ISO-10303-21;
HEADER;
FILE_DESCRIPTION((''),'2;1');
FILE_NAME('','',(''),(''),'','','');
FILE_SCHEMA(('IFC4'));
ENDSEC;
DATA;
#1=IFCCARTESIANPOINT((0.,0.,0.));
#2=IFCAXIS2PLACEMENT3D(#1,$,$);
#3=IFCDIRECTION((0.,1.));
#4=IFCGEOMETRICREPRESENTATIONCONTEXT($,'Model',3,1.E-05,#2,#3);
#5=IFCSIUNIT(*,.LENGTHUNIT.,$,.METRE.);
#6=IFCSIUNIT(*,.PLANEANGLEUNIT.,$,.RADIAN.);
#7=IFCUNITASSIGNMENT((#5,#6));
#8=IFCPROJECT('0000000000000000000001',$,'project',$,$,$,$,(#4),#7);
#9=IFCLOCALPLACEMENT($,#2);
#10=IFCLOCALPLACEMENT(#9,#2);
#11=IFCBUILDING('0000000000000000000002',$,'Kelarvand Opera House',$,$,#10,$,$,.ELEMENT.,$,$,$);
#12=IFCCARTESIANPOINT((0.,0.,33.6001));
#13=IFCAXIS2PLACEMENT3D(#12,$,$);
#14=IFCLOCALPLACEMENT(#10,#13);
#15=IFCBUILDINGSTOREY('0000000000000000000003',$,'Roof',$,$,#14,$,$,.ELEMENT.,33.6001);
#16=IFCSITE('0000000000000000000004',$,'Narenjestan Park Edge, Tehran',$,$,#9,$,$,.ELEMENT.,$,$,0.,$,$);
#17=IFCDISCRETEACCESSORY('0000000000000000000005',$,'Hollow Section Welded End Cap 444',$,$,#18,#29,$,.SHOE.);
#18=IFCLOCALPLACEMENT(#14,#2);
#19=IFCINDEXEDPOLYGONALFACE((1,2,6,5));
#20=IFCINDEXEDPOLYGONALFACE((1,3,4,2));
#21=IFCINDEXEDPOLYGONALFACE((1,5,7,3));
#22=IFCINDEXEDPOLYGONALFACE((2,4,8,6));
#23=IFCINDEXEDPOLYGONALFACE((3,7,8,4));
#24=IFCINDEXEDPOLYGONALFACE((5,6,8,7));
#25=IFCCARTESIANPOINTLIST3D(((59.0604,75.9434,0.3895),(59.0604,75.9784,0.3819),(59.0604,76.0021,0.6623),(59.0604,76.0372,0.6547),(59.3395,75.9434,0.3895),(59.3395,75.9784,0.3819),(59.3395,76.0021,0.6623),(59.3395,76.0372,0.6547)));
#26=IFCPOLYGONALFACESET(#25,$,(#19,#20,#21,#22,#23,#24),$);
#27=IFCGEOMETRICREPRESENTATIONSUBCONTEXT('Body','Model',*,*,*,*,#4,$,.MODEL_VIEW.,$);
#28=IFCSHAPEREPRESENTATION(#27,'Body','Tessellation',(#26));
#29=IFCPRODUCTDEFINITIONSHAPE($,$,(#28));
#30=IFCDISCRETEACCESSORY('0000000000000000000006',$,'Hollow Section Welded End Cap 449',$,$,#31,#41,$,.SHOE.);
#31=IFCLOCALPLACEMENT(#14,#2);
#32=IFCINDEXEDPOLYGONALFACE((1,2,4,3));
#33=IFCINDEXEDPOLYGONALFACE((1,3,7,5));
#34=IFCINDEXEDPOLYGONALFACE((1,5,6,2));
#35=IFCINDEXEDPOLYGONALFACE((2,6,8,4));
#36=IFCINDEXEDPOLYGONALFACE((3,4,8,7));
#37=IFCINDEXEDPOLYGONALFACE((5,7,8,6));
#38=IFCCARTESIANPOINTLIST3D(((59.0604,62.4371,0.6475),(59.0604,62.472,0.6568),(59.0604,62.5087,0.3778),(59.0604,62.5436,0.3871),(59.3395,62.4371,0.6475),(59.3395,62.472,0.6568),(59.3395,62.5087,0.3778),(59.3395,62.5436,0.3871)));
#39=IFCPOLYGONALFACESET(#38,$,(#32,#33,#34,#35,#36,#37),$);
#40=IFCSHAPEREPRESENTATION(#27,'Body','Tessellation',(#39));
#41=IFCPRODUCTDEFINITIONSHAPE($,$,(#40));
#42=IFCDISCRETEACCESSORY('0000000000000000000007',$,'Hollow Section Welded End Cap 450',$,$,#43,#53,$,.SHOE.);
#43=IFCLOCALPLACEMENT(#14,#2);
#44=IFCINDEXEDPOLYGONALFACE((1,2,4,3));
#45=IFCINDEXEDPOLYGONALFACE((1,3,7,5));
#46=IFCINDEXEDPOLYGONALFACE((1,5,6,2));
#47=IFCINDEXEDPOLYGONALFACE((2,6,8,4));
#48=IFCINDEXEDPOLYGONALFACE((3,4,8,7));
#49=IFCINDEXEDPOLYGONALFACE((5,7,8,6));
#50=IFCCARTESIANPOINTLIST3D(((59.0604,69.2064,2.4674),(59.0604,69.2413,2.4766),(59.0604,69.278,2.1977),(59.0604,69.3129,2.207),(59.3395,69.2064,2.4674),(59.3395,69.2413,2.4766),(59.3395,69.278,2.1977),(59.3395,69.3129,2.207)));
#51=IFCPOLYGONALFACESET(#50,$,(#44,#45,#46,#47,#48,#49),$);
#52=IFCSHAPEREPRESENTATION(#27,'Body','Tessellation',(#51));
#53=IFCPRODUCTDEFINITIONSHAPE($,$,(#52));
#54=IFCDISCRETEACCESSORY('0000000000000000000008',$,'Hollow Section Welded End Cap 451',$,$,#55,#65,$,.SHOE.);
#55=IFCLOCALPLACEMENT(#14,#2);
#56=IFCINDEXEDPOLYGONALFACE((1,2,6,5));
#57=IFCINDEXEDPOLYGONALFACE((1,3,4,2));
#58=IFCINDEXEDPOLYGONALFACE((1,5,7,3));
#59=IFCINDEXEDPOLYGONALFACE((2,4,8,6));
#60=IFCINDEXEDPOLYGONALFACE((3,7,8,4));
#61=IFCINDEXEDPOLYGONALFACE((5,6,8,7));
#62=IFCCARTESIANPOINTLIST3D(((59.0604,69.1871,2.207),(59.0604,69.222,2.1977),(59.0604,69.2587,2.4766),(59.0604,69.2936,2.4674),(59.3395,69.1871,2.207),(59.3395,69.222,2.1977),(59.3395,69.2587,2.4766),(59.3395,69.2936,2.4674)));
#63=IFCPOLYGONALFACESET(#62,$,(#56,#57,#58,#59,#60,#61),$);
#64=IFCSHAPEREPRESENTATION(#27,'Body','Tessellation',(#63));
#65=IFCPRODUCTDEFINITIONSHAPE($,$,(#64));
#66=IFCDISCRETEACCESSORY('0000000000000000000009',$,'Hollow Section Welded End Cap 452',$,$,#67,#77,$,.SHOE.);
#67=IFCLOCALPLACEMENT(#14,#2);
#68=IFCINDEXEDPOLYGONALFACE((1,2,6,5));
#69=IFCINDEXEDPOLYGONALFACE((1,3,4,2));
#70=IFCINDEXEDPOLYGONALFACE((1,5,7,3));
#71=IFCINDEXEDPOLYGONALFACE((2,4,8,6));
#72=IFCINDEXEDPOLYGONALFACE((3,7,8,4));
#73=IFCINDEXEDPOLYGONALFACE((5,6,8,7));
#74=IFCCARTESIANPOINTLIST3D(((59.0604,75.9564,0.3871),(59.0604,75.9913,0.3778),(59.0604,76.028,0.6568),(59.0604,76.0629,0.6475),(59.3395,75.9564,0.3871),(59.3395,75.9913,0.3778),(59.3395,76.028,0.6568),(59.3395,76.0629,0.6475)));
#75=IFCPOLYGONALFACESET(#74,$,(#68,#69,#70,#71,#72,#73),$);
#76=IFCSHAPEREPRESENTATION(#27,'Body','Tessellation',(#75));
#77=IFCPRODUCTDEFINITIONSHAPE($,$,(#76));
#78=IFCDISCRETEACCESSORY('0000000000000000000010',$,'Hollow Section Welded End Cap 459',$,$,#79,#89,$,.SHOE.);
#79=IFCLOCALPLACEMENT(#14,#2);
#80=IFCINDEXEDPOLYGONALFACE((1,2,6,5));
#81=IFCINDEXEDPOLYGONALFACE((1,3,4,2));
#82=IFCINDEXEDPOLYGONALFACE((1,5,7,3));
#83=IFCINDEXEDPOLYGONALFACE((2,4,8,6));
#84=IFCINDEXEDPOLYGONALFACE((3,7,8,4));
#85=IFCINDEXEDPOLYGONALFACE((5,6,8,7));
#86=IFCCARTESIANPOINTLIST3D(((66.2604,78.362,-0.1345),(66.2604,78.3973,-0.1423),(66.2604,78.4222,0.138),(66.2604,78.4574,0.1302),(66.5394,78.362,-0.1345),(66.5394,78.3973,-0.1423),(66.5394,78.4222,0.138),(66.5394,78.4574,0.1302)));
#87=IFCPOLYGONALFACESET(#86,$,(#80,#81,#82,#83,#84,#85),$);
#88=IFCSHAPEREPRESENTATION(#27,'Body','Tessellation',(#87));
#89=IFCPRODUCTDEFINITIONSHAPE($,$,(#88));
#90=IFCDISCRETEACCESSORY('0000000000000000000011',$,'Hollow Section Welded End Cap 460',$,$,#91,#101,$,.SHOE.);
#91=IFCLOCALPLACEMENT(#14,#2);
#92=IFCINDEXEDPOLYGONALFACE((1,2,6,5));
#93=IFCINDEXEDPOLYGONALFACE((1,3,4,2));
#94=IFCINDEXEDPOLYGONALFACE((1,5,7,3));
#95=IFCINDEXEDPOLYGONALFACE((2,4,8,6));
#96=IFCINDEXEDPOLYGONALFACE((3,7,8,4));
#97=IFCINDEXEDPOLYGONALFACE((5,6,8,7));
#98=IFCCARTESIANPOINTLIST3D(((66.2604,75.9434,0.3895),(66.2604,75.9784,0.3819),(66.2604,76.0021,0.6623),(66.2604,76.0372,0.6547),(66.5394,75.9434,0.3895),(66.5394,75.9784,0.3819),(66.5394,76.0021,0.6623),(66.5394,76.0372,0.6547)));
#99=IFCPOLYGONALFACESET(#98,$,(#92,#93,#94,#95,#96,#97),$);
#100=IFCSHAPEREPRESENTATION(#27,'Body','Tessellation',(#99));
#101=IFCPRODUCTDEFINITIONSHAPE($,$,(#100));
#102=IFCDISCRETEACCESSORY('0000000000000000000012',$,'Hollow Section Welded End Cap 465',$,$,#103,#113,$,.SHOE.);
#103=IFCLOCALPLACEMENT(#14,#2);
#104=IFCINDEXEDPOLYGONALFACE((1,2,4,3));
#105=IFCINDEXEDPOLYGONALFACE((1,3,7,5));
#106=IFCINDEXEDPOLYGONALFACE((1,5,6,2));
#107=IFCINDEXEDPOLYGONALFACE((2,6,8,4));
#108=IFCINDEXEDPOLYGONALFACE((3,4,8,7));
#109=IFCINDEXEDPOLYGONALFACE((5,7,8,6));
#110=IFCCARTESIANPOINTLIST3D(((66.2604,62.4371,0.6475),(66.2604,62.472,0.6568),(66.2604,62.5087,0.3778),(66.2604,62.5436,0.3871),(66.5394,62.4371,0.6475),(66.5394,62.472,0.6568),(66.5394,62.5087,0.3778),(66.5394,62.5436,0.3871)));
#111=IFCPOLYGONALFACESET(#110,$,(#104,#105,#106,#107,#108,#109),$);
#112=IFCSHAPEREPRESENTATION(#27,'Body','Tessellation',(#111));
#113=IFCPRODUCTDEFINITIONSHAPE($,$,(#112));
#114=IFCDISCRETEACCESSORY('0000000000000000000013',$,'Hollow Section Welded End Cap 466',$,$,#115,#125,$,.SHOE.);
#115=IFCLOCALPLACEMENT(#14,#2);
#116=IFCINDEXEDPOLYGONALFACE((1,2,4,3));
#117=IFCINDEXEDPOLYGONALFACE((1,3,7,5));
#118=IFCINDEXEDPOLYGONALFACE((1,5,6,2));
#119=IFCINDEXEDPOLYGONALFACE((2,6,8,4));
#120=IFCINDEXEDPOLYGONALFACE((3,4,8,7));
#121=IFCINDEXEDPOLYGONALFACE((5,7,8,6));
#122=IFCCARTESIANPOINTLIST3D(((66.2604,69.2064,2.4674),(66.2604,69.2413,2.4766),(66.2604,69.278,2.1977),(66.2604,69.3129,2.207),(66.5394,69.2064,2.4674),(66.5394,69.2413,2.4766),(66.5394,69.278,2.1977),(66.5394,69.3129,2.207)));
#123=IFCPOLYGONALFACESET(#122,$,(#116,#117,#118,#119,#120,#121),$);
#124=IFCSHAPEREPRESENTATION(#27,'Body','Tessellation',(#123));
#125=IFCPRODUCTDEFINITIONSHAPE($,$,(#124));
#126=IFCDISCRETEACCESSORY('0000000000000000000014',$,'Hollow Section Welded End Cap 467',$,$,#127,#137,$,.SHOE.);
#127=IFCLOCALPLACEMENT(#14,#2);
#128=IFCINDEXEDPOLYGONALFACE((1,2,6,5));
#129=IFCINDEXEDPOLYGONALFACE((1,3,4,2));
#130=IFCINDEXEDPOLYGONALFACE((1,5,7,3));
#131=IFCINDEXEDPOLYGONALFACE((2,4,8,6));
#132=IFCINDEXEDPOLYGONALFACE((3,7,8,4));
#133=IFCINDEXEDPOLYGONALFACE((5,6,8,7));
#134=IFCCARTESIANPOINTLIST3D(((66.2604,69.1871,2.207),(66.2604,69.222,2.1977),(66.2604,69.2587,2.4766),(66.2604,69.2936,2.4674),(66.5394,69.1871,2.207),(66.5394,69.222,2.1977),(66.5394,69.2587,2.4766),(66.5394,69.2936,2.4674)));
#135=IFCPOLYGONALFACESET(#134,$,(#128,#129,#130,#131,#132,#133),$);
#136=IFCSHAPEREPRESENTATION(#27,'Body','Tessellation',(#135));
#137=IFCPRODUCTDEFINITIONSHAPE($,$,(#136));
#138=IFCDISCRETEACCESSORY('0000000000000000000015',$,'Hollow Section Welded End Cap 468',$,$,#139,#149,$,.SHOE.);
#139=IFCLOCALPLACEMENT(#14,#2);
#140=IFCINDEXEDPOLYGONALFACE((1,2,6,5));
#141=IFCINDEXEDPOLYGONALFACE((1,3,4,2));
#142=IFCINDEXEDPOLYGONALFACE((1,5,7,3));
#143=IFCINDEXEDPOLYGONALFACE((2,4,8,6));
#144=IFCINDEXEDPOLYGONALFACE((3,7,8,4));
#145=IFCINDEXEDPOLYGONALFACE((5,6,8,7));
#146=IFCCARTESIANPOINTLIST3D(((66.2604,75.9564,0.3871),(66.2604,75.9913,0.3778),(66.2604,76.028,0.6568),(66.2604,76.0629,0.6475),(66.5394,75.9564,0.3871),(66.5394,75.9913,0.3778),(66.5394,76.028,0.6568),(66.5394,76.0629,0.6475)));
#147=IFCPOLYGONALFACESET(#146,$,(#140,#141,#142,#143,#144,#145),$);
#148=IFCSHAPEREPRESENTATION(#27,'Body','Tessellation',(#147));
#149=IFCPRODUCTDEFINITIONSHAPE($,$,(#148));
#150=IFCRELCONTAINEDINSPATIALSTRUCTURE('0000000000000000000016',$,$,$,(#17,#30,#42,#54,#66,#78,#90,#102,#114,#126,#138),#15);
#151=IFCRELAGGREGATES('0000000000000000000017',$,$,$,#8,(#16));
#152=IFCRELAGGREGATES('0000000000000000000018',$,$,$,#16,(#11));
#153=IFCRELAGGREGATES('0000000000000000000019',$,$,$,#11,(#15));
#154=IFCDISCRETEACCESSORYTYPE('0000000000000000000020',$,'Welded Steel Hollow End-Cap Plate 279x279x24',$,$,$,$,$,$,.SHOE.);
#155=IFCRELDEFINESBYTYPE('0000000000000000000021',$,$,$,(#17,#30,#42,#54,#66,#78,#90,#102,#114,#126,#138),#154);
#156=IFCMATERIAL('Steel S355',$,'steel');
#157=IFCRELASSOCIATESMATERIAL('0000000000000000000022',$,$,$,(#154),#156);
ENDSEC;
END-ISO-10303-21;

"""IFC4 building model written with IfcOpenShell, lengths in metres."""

from ifc_helpers import new_model, si_unit, direction, frame, origin, origin_2d, place, context, subcontext, project, spatial, rectangle, extrude, material, material_profile, profile_set, type_object, element, save


model = new_model("IFC4")

# Units and contexts
model_context = context("Model", 3, precision=1e-05, world=origin(), true_north=direction((0.0, 1.0)))
body_context = subcontext(model_context, "Body", "Model", "MODEL_VIEW")
ifc_project = project(units=[si_unit("LENGTHUNIT", "METRE"), si_unit("PLANEANGLEUNIT", "RADIAN")], contexts=[model_context])

# Site, building, storey
site_placement = place(None, origin())
site = spatial("IfcSite", under=ifc_project, at=site_placement, Name="Narenjestan Park Edge, Tehran", CompositionType="ELEMENT", RefElevation=0.0)
building_placement = place(site_placement, origin())
building = spatial("IfcBuilding", under=site, at=building_placement, Name="Kelarvand Opera House", CompositionType="ELEMENT")
storey_placement = place(building_placement, frame((0.0, 0.0, 33.6001)))
storey = spatial("IfcBuildingStorey", under=building, at=storey_placement, Name="Roof", CompositionType="ELEMENT", Elevation=33.6001)

# Shared definitions
ifc_material = material(Name="Steel S355", Category="steel")

# Discrete accessories
ifc_material_profile_1 = material_profile(ifc_material, rectangle(XDim=0.2791, YDim=0.2791, at=origin_2d()), Name="Welded Steel Hollow End-Cap Plate 279x279x24", Category="steel")
ifc_profile_set_1 = profile_set([ifc_material_profile_1], Name="Steel S355")
discrete_accessory_type_1 = type_object("IfcDiscreteAccessoryType", Name="Welded Steel Hollow End-Cap Plate 279x279x24", PredefinedType="SHOE", material=ifc_profile_set_1)
discrete_accessory_1_placement = place(storey_placement, frame((59.2, 76.0078, 0.5183), z_axis=(0.0, -0.977603, 0.210456), x_axis=(1.0, 0.0, 0.0)))
element("IfcDiscreteAccessory", 1, at=discrete_accessory_1_placement, inside=storey, type_object=discrete_accessory_type_1, Name="Hollow Section Welded End Cap 444", PredefinedType="SHOE", context=body_context, shape_type="SweptSolid", body=[
    extrude(rectangle(XDim=0.2791, YDim=0.2791, at=origin_2d()), origin(), (0.0, 0.0, 1.0), 0.0359),
])
for number, where, z_axis, x_axis, name in (
    (2, (59.2, 62.5078, 0.522), (0.0, -0.966459, -0.256821), (1.0, 0.0, 0.0), "Hollow Section Welded End Cap 449"),
    (3, (59.2, 69.2422, 2.3325), (0.0, 0.966459, 0.256821), (-1.0, 0.0, 0.0), "Hollow Section Welded End Cap 450"),
    (4, (59.2, 69.2578, 2.3325), (0.0, -0.966459, 0.256821), (1.0, 0.0, 0.0), "Hollow Section Welded End Cap 451"),
    (5, (59.2, 75.9922, 0.522), (0.0, 0.966459, -0.256821), (-1.0, 0.0, 0.0), "Hollow Section Welded End Cap 452"),
    (6, (66.3999, 78.3921, 0.0017), (0.0, 0.976503, -0.215504), (-1.0, 0.0, 0.0), "Hollow Section Welded End Cap 459"),
):
    element("IfcDiscreteAccessory", number, at=place(storey_placement, frame(where, z_axis=z_axis, x_axis=x_axis)), inside=storey, type_object=discrete_accessory_type_1, Name=name, PredefinedType="SHOE", context=body_context, shape_type="SweptSolid", body=[
        extrude(rectangle(XDim=0.2791, YDim=0.2791, at=origin_2d()), origin(), (0.0, 0.0, 1.0), 0.0361),
    ])
discrete_accessory_2_placement = place(storey_placement, frame((66.3999, 76.0078, 0.5183), z_axis=(0.0, -0.977603, 0.210456), x_axis=(1.0, 0.0, 0.0)))
element("IfcDiscreteAccessory", 7, at=discrete_accessory_2_placement, inside=storey, type_object=discrete_accessory_type_1, Name="Hollow Section Welded End Cap 460", PredefinedType="SHOE", context=body_context, shape_type="SweptSolid", body=[
    extrude(rectangle(XDim=0.2791, YDim=0.2791, at=origin_2d()), origin(), (0.0, 0.0, 1.0), 0.0359),
])
for number, where, z_axis, x_axis, name in (
    (8, (66.3999, 62.5078, 0.522), (0.0, -0.966459, -0.256821), (1.0, 0.0, 0.0), "Hollow Section Welded End Cap 465"),
    (9, (66.3999, 69.2422, 2.3325), (0.0, 0.966459, 0.256821), (-1.0, 0.0, 0.0), "Hollow Section Welded End Cap 466"),
    (10, (66.3999, 69.2578, 2.3325), (0.0, -0.966459, 0.256821), (1.0, 0.0, 0.0), "Hollow Section Welded End Cap 467"),
    (11, (66.3999, 75.9922, 0.522), (0.0, 0.966459, -0.256821), (-1.0, 0.0, 0.0), "Hollow Section Welded End Cap 468"),
):
    element("IfcDiscreteAccessory", number, at=place(storey_placement, frame(where, z_axis=z_axis, x_axis=x_axis)), inside=storey, type_object=discrete_accessory_type_1, Name=name, PredefinedType="SHOE", context=body_context, shape_type="SweptSolid", body=[
        extrude(rectangle(XDim=0.2791, YDim=0.2791, at=origin_2d()), origin(), (0.0, 0.0, 1.0), 0.0361),
    ])

save(model, "model.ifc")
